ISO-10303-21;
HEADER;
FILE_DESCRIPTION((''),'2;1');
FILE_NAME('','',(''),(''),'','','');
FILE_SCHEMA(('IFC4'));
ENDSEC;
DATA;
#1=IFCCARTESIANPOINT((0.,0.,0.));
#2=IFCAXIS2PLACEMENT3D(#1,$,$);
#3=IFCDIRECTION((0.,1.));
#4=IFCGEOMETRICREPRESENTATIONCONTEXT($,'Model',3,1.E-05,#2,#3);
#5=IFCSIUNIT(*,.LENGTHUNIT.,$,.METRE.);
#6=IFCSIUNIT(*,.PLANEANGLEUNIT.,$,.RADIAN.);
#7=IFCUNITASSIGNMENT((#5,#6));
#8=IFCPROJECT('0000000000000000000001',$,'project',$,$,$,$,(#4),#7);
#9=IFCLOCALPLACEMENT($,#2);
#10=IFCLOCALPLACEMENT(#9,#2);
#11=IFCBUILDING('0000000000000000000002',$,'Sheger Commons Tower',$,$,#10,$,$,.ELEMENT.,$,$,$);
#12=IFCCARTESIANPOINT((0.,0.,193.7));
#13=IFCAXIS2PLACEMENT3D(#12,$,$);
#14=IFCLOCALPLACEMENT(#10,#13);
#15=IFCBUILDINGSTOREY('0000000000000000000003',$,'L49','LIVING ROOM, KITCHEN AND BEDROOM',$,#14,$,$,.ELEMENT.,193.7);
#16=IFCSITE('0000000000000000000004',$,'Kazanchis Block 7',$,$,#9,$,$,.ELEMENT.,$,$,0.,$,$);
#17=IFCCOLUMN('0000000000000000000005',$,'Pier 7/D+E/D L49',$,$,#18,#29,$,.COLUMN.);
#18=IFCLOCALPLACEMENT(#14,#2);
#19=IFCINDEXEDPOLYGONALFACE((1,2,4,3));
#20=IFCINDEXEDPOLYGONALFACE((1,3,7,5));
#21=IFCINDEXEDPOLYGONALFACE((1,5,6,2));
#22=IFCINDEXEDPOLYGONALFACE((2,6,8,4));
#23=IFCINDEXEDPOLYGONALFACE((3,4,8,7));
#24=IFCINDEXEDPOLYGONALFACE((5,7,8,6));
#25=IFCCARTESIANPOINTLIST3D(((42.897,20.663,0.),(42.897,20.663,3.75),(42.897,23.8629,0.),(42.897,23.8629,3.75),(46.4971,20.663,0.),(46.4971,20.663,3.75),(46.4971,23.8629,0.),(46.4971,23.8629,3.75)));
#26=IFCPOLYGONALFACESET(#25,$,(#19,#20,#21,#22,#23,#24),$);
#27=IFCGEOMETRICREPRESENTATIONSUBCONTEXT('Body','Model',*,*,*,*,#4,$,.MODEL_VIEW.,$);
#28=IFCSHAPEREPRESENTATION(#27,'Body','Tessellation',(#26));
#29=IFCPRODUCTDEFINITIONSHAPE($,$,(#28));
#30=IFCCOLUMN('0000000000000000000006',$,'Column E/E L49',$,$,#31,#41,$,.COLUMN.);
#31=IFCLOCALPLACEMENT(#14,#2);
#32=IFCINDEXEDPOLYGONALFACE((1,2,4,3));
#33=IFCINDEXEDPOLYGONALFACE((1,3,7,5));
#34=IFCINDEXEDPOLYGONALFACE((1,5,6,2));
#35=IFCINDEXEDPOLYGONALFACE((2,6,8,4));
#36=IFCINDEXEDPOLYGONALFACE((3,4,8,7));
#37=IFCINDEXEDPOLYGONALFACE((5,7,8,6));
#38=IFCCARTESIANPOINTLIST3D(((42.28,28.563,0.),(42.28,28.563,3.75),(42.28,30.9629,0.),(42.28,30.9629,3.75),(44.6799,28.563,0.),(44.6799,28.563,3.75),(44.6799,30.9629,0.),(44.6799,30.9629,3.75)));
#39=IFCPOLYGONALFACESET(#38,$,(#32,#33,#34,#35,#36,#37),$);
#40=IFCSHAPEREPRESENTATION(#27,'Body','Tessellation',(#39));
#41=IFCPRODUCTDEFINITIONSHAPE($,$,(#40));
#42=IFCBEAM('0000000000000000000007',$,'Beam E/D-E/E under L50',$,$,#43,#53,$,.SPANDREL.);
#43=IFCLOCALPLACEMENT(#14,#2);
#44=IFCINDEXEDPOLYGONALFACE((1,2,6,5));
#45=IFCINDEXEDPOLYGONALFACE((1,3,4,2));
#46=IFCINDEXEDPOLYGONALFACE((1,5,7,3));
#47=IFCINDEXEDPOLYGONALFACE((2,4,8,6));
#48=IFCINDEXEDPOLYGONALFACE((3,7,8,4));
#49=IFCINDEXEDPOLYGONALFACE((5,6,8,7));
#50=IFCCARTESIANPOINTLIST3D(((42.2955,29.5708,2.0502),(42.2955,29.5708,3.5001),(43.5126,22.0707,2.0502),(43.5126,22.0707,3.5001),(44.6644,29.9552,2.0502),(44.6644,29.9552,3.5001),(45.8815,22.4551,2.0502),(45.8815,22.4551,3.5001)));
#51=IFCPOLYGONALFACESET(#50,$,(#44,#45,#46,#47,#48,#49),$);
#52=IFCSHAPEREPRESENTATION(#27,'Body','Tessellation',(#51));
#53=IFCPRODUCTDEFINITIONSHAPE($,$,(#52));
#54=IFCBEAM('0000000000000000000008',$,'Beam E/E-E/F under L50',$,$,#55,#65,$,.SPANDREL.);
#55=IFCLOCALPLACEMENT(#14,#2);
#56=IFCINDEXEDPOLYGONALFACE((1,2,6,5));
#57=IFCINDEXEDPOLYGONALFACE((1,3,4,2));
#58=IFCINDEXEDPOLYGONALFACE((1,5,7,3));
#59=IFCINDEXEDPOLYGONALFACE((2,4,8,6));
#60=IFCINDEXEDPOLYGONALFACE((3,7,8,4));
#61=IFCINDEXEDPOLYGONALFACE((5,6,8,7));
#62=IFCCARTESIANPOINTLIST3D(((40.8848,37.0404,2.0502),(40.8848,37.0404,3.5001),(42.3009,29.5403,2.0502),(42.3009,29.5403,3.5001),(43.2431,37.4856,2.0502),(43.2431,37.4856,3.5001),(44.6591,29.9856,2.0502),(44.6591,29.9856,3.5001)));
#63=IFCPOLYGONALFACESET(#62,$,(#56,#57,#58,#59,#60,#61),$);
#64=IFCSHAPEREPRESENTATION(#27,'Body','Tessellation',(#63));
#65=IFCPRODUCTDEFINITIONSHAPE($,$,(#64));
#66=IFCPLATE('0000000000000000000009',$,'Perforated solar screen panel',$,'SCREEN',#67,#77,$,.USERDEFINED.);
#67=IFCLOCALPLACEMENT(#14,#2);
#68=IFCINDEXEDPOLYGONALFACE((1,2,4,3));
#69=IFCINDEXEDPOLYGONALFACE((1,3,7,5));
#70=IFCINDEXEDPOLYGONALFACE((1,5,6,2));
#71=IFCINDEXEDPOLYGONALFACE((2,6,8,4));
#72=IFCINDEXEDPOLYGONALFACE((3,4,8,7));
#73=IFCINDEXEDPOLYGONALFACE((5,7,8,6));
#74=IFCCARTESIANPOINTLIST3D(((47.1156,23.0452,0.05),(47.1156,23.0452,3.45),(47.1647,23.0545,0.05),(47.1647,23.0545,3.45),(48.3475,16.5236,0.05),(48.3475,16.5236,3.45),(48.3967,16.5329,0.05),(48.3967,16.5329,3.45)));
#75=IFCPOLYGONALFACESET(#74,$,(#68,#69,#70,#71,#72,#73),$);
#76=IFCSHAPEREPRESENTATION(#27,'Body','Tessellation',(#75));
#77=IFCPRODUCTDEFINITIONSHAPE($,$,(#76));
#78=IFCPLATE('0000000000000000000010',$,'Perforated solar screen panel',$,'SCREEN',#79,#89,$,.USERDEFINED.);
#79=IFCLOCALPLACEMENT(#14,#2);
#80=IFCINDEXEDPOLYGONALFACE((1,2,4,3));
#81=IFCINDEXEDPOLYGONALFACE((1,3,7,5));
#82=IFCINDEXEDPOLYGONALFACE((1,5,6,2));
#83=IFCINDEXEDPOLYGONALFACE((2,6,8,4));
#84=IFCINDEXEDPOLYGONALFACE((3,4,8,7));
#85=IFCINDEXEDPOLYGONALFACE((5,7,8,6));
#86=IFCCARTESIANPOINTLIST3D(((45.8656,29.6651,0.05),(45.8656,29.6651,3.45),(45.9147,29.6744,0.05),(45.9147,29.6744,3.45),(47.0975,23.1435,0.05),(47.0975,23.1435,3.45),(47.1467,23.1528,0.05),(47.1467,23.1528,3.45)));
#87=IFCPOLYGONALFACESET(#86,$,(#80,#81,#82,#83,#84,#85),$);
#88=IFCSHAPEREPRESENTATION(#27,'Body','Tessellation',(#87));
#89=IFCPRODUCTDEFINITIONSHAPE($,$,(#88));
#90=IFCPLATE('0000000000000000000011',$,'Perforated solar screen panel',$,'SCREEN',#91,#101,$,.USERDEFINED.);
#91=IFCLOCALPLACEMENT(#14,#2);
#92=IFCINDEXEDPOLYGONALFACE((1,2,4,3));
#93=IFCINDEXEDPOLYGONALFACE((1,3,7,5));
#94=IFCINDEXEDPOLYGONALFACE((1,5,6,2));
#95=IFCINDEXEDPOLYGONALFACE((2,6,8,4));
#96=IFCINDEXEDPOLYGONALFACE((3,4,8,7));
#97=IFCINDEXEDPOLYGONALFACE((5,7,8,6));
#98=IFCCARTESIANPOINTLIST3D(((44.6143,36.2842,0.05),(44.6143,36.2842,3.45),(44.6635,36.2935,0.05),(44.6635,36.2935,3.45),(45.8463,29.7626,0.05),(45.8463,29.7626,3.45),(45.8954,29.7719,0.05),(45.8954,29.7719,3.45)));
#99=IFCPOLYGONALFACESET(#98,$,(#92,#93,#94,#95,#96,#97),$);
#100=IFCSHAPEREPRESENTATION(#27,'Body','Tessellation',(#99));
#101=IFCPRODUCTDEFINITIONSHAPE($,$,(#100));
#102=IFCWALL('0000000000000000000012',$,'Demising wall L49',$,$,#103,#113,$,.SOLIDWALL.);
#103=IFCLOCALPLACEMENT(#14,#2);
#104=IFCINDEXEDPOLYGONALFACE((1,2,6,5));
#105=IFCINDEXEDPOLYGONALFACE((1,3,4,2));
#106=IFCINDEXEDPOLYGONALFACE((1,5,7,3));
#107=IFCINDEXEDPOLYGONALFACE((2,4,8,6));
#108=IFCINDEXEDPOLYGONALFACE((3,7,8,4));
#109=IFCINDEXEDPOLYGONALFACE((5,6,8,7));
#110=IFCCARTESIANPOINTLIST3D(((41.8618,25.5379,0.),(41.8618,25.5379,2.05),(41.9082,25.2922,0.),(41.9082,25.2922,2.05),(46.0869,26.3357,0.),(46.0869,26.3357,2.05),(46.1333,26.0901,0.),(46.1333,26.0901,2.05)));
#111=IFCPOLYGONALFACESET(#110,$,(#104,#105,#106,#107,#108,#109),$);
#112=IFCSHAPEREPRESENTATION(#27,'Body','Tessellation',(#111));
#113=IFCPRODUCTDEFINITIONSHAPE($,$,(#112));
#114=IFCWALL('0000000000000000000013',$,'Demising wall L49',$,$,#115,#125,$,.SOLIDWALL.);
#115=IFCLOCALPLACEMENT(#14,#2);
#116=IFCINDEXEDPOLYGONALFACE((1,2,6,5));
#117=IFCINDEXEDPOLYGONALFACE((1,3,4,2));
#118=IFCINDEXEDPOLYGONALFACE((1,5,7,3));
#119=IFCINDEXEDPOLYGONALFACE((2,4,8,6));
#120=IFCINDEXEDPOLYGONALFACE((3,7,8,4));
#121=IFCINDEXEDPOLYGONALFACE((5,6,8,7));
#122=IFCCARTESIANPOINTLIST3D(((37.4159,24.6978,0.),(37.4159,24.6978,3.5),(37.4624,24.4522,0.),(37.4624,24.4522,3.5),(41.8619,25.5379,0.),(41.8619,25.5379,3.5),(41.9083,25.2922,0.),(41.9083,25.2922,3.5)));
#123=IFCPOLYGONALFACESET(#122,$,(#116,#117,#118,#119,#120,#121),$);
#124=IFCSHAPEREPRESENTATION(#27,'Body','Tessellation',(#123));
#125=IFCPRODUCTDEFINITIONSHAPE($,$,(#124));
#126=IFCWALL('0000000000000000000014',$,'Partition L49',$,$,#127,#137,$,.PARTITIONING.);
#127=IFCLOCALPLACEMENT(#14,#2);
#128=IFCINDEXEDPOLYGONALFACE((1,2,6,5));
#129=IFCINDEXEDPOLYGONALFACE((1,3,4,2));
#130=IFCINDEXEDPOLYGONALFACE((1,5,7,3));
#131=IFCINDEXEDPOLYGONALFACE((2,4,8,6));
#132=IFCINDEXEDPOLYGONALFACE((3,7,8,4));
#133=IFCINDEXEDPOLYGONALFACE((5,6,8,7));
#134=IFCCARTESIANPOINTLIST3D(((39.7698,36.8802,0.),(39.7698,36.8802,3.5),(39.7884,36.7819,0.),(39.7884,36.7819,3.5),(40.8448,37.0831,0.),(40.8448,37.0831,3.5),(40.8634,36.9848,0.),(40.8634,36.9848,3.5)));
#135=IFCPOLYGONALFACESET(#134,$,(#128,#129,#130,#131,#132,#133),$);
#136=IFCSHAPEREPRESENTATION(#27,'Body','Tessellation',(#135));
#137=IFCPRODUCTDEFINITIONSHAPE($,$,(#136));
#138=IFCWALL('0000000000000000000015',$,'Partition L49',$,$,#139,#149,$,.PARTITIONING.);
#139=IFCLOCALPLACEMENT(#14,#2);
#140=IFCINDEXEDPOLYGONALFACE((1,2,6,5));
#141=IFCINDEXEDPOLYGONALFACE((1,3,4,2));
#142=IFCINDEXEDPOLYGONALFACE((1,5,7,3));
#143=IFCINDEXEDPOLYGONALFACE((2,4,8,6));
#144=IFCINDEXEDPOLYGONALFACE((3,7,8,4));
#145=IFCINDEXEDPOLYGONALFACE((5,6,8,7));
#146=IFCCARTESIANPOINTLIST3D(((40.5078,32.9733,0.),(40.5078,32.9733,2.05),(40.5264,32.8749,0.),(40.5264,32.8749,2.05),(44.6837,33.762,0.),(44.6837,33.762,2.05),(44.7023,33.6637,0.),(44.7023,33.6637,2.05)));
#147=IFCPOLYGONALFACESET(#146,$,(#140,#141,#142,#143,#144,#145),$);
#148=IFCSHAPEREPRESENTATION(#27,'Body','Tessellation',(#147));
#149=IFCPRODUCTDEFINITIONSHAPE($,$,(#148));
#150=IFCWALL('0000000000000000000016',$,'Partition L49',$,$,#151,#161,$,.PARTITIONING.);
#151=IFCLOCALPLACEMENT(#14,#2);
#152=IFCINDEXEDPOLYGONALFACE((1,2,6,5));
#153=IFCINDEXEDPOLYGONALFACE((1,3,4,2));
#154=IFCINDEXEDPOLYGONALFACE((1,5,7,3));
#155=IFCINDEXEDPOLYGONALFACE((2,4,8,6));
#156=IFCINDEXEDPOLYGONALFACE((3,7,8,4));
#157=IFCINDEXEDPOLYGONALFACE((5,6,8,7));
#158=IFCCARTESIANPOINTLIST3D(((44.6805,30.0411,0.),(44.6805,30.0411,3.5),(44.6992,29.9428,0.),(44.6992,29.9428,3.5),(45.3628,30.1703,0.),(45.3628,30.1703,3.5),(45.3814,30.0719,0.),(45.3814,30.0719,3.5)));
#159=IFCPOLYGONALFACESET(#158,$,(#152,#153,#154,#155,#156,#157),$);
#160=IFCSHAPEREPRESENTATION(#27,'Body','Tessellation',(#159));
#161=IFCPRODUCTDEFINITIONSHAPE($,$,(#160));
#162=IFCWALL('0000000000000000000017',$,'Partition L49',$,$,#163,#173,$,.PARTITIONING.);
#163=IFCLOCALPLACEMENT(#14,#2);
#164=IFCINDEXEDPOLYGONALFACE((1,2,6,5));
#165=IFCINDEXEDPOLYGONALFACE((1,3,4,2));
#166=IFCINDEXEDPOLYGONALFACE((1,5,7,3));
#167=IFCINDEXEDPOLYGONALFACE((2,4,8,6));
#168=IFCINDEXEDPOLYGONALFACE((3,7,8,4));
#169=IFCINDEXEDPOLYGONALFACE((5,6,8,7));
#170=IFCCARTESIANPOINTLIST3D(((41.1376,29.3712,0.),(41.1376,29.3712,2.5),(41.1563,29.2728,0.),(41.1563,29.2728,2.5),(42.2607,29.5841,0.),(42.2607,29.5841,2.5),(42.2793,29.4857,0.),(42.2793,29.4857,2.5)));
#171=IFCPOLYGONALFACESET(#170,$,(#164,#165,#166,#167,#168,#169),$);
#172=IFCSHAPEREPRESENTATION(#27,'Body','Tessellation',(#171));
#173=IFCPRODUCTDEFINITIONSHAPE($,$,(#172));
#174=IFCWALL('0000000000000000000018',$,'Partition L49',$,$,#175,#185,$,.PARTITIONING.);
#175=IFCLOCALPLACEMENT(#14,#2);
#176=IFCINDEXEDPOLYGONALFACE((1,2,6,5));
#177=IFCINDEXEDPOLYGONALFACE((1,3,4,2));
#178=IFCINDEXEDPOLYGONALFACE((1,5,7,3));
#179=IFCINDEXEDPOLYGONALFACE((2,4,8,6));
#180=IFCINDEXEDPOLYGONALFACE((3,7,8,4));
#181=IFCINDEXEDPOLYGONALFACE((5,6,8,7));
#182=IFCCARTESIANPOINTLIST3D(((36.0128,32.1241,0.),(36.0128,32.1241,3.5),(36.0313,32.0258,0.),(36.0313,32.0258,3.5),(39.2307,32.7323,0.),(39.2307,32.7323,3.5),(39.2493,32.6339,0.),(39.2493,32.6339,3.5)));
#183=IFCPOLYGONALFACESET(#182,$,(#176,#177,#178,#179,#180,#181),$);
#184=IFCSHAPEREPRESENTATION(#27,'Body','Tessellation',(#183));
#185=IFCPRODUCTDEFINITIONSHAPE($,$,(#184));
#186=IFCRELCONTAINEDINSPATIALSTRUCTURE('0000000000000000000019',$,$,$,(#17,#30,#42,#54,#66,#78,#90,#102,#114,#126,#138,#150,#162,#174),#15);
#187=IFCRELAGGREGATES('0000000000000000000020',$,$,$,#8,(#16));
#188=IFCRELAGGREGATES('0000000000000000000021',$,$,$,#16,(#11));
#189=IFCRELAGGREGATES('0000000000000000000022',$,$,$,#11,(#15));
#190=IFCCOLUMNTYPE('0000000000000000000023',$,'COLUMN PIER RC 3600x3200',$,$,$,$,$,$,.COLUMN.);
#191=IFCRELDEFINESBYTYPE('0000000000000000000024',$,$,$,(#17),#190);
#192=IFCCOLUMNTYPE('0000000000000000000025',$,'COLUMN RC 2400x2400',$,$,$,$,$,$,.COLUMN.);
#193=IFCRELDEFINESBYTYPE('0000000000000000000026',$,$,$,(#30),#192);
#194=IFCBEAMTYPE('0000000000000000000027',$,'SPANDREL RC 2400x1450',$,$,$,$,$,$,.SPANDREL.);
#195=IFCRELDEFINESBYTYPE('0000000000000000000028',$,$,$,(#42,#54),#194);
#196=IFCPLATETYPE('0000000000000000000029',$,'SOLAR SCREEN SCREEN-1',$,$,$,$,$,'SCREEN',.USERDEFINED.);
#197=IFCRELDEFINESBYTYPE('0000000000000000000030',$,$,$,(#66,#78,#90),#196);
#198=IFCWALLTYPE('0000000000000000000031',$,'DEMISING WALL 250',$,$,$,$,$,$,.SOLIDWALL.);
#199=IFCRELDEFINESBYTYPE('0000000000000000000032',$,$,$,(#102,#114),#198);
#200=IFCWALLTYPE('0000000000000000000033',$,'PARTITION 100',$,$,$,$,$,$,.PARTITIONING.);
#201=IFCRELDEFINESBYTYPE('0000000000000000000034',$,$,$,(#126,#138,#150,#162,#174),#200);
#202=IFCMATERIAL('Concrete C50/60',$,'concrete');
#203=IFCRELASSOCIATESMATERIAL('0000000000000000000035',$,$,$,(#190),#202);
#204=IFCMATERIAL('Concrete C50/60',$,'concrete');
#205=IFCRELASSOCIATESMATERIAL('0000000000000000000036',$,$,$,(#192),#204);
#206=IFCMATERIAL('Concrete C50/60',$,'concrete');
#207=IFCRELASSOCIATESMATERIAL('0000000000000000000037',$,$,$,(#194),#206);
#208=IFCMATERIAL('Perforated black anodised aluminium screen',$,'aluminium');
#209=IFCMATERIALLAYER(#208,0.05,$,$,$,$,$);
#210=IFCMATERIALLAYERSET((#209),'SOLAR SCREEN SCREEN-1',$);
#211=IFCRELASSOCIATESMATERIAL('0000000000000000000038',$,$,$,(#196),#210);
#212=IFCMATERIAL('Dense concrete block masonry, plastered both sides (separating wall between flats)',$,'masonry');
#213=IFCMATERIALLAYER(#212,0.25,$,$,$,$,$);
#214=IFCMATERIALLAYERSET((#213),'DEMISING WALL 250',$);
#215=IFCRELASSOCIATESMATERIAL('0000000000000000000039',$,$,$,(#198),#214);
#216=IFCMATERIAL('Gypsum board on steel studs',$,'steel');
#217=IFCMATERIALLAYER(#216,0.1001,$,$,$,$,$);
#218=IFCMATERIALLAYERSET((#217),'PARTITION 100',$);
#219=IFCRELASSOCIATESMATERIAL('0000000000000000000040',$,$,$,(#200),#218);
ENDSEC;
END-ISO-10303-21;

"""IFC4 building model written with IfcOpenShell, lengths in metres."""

from ifc_helpers import new_model, si_unit, direction, frame, frame_2d, origin, origin_2d, place, context, subcontext, project, spatial, rectangle, extrude, material, layer, layer_set, material_profile, profile_set, type_object, element, save


model = new_model("IFC4")

# Units and contexts
model_context = context("Model", 3, precision=1e-05, world=origin(), true_north=direction((0.0, 1.0)))
body_context = subcontext(model_context, "Body", "Model", "MODEL_VIEW")
ifc_project = project(units=[si_unit("LENGTHUNIT", "METRE"), si_unit("PLANEANGLEUNIT", "RADIAN")], contexts=[model_context])

# Site, building, storey
site_placement = place(None, origin())
site = spatial("IfcSite", under=ifc_project, at=site_placement, Name="Kazanchis Block 7", CompositionType="ELEMENT", RefElevation=0.0)
building_placement = place(site_placement, origin())
building = spatial("IfcBuilding", under=site, at=building_placement, Name="Sheger Commons Tower", CompositionType="ELEMENT")
storey_placement = place(building_placement, frame((0.0, 0.0, 193.7)))
storey = spatial("IfcBuildingStorey", under=building, at=storey_placement, Name="L49", Description="LIVING ROOM, KITCHEN AND BEDROOM", CompositionType="ELEMENT", Elevation=193.7)

# Columns
ifc_material_1 = material(Name="Concrete C50/60", Category="concrete")
ifc_material_profile_1 = material_profile(ifc_material_1, rectangle(XDim=3.6001, YDim=3.2, at=origin_2d()), Name="RC 3600x3200")
ifc_profile_set_1 = profile_set([ifc_material_profile_1], Name="Concrete C50/60")
column_type_1 = type_object("IfcColumnType", Name="COLUMN PIER RC 3600x3200", PredefinedType="COLUMN", material=ifc_profile_set_1)
column_1_placement = place(storey_placement, frame((44.697, 22.2629, 0.0), z_axis=(0.0, 0.0, 1.0), x_axis=(1.0, 0.0, 0.0)))
element("IfcColumn", 1, at=column_1_placement, inside=storey, type_object=column_type_1, Name="Pier 7/D+E/D L49", PredefinedType="COLUMN", context=body_context, shape_type="SweptSolid", body=[
    extrude(rectangle(XDim=3.6001, YDim=3.2, at=origin_2d()), origin(), (0.0, 0.0, 1.0), 3.75),
])
ifc_material_2 = material(Name="Concrete C50/60", Category="concrete")
ifc_material_profile_2 = material_profile(ifc_material_2, rectangle(XDim=2.3999, YDim=2.3999, at=origin_2d()), Name="RC 2400x2400")
ifc_profile_set_2 = profile_set([ifc_material_profile_2], Name="Concrete C50/60")
column_type_2 = type_object("IfcColumnType", Name="COLUMN RC 2400x2400", PredefinedType="COLUMN", material=ifc_profile_set_2)
column_2_placement = place(storey_placement, frame((43.48, 29.7629, 0.0), z_axis=(0.0, 0.0, 1.0), x_axis=(1.0, 0.0, 0.0)))
element("IfcColumn", 2, at=column_2_placement, inside=storey, type_object=column_type_2, Name="Column E/E L49", PredefinedType="COLUMN", context=body_context, shape_type="SweptSolid", body=[
    extrude(rectangle(XDim=2.3999, YDim=2.3999, at=origin_2d()), origin(), (0.0, 0.0, 1.0), 3.75),
])

# Beams
ifc_material_3 = material(Name="Concrete C50/60", Category="concrete")
ifc_material_profile_3 = material_profile(ifc_material_3, rectangle(XDim=2.3999, YDim=1.45, at=origin_2d()), Name="RC 2400x1450")
ifc_profile_set_3 = profile_set([ifc_material_profile_3], Name="Concrete C50/60")
beam_type = type_object("IfcBeamType", Name="SPANDREL RC 2400x1450", PredefinedType="SPANDREL", material=ifc_profile_set_3)
beam_1_placement = place(storey_placement, frame((44.697, 22.2629, 2.7751), z_axis=(-0.160177, 0.987088, 0.0), x_axis=(-0.987088, -0.160177, 0.0)))
element("IfcBeam", 3, at=beam_1_placement, inside=storey, type_object=beam_type, Name="Beam E/D-E/E under L50", PredefinedType="SPANDREL", context=body_context, shape_type="SweptSolid", body=[
    extrude(rectangle(XDim=2.3999, YDim=1.45, at=origin_2d()), origin(), (0.0, 0.0, 1.0), 7.5981),
])
beam_2_placement = place(storey_placement, frame((43.48, 29.7629, 2.7751), z_axis=(-0.185524, 0.98264, 0.0), x_axis=(-0.98264, -0.185524, 0.0)))
element("IfcBeam", 4, at=beam_2_placement, inside=storey, type_object=beam_type, Name="Beam E/E-E/F under L50", PredefinedType="SPANDREL", context=body_context, shape_type="SweptSolid", body=[
    extrude(rectangle(XDim=2.3999, YDim=1.45, at=origin_2d()), origin(), (0.0, 0.0, 1.0), 7.6326),
])

# Plates
ifc_material_4 = material(Name="Perforated black anodised aluminium screen", Category="aluminium")
ifc_layer_1 = layer(ifc_material_4, 0.05)
ifc_layer_set_1 = layer_set([ifc_layer_1], Name="SOLAR SCREEN SCREEN-1")
plate_type = type_object("IfcPlateType", Name="SOLAR SCREEN SCREEN-1", ElementType="SCREEN", PredefinedType="USERDEFINED", material=ifc_layer_set_1)
for number, where, z_axis, x_axis, name in (
    (5, (47.7561, 19.7891, 0.05), (0.0, 0.0, 1.0), (-0.185615, 0.982623, 0.0), "Perforated solar screen panel"),
    (6, (46.5061, 26.4089, 0.05), (0.0, 0.0, 1.0), (-0.185615, 0.982623, 0.0), "Perforated solar screen panel"),
    (7, (45.2549, 33.0281, 0.05), (0.0, 0.0, 1.0), (-0.185615, 0.982623, 0.0), "Perforated solar screen panel"),
):
    element("IfcPlate", number, at=place(storey_placement, frame(where, z_axis=z_axis, x_axis=x_axis)), inside=storey, type_object=plate_type, Name=name, ObjectType="SCREEN", PredefinedType="USERDEFINED", context=body_context, shape_type="SweptSolid", body=[
        extrude(rectangle(XDim=6.637, YDim=0.05, at=origin_2d()), origin(), (0.0, 0.0, 1.0), 3.3999),
    ])

# Walls
ifc_material_5 = material(Name="Dense concrete block masonry, plastered both sides (separating wall between flats)", Category="masonry")
ifc_layer_2 = layer(ifc_material_5, 0.25)
ifc_layer_set_2 = layer_set([ifc_layer_2], Name="DEMISING WALL 250")
wall_type_1 = type_object("IfcWallType", Name="DEMISING WALL 250", PredefinedType="SOLIDWALL", material=ifc_layer_set_2)
wall_1_placement = place(storey_placement, frame((46.1101, 26.2129, 0.0), z_axis=(0.0, 0.0, 1.0), x_axis=(-0.982634, -0.185557, 0.0)))
element("IfcWall", 8, at=wall_1_placement, inside=storey, type_object=wall_type_1, Name="Demising wall L49", PredefinedType="SOLIDWALL", context=body_context, shape_type="SweptSolid", body=[
    extrude(rectangle(XDim=4.2998, YDim=0.25, at=frame_2d((2.1499, 0.0))), origin(), (0.0, 0.0, 1.0), 2.05),
])
wall_2_placement = place(storey_placement, frame((41.885, 25.415, 0.0), z_axis=(0.0, 0.0, 1.0), x_axis=(-0.982613, -0.185666, 0.0)))
element("IfcWall", 9, at=wall_2_placement, inside=storey, type_object=wall_type_1, Name="Demising wall L49", PredefinedType="SOLIDWALL", context=body_context, shape_type="SweptSolid", body=[
    extrude(rectangle(XDim=4.5247, YDim=0.25, at=frame_2d((2.2622, 0.0))), origin(), (0.0, 0.0, 1.0), 3.5),
])
ifc_material_6 = material(Name="Gypsum board on steel studs", Category="steel")
ifc_layer_3 = layer(ifc_material_6, 0.1001)
ifc_layer_set_3 = layer_set([ifc_layer_3], Name="PARTITION 100")
wall_type_2 = type_object("IfcWallType", Name="PARTITION 100", PredefinedType="PARTITIONING", material=ifc_layer_set_3)
wall_3_placement = place(storey_placement, frame((40.854, 37.0339, 0.0), z_axis=(0.0, 0.0, 1.0), x_axis=(-0.982652, -0.185461, 0.0)))
element("IfcWall", 10, at=wall_3_placement, inside=storey, type_object=wall_type_2, Name="Partition L49", PredefinedType="PARTITIONING", context=body_context, shape_type="SweptSolid", body=[
    extrude(rectangle(XDim=1.094, YDim=0.1001, at=frame_2d((0.5469, 0.0))), origin(), (0.0, 0.0, 1.0), 3.5),
])
wall_4_placement = place(storey_placement, frame((44.6931, 33.7129, 0.0), z_axis=(0.0, 0.0, 1.0), x_axis=(-0.982624, -0.18561, 0.0)))
element("IfcWall", 11, at=wall_4_placement, inside=storey, type_object=wall_type_2, Name="Partition L49", PredefinedType="PARTITIONING", context=body_context, shape_type="SweptSolid", body=[
    extrude(rectangle(XDim=4.2498, YDim=0.1001, at=frame_2d((2.125, 0.0))), origin(), (0.0, 0.0, 1.0), 2.05),
])
wall_5_placement = place(storey_placement, frame((45.3721, 30.1211, 0.0), z_axis=(0.0, 0.0, 1.0), x_axis=(-0.982544, -0.186029, 0.0)))
element("IfcWall", 12, at=wall_5_placement, inside=storey, type_object=wall_type_2, Name="Partition L49", PredefinedType="PARTITIONING", context=body_context, shape_type="SweptSolid", body=[
    extrude(rectangle(XDim=0.6943, YDim=0.1001, at=frame_2d((0.3472, 0.0))), origin(), (0.0, 0.0, 1.0), 3.5),
])
wall_6_placement = place(storey_placement, frame((42.27, 29.5349, 0.0), z_axis=(0.0, 0.0, 1.0), x_axis=(-0.982503, -0.186248, 0.0)))
element("IfcWall", 13, at=wall_6_placement, inside=storey, type_object=wall_type_2, Name="Partition L49", PredefinedType="PARTITIONING", context=body_context, shape_type="SweptSolid", body=[
    extrude(rectangle(XDim=1.1431, YDim=0.1001, at=frame_2d((0.5715, 0.0))), origin(), (0.0, 0.0, 1.0), 2.5),
])
wall_7_placement = place(storey_placement, frame((39.24, 32.6831, 0.0), z_axis=(0.0, 0.0, 1.0), x_axis=(-0.982607, -0.185697, 0.0)))
element("IfcWall", 14, at=wall_7_placement, inside=storey, type_object=wall_type_2, Name="Partition L49", PredefinedType="PARTITIONING", context=body_context, shape_type="SweptSolid", body=[
    extrude(rectangle(XDim=3.2749, YDim=0.1001, at=frame_2d((1.6375, 0.0))), origin(), (0.0, 0.0, 1.0), 3.5),
])

save(model, "model.ifc")
